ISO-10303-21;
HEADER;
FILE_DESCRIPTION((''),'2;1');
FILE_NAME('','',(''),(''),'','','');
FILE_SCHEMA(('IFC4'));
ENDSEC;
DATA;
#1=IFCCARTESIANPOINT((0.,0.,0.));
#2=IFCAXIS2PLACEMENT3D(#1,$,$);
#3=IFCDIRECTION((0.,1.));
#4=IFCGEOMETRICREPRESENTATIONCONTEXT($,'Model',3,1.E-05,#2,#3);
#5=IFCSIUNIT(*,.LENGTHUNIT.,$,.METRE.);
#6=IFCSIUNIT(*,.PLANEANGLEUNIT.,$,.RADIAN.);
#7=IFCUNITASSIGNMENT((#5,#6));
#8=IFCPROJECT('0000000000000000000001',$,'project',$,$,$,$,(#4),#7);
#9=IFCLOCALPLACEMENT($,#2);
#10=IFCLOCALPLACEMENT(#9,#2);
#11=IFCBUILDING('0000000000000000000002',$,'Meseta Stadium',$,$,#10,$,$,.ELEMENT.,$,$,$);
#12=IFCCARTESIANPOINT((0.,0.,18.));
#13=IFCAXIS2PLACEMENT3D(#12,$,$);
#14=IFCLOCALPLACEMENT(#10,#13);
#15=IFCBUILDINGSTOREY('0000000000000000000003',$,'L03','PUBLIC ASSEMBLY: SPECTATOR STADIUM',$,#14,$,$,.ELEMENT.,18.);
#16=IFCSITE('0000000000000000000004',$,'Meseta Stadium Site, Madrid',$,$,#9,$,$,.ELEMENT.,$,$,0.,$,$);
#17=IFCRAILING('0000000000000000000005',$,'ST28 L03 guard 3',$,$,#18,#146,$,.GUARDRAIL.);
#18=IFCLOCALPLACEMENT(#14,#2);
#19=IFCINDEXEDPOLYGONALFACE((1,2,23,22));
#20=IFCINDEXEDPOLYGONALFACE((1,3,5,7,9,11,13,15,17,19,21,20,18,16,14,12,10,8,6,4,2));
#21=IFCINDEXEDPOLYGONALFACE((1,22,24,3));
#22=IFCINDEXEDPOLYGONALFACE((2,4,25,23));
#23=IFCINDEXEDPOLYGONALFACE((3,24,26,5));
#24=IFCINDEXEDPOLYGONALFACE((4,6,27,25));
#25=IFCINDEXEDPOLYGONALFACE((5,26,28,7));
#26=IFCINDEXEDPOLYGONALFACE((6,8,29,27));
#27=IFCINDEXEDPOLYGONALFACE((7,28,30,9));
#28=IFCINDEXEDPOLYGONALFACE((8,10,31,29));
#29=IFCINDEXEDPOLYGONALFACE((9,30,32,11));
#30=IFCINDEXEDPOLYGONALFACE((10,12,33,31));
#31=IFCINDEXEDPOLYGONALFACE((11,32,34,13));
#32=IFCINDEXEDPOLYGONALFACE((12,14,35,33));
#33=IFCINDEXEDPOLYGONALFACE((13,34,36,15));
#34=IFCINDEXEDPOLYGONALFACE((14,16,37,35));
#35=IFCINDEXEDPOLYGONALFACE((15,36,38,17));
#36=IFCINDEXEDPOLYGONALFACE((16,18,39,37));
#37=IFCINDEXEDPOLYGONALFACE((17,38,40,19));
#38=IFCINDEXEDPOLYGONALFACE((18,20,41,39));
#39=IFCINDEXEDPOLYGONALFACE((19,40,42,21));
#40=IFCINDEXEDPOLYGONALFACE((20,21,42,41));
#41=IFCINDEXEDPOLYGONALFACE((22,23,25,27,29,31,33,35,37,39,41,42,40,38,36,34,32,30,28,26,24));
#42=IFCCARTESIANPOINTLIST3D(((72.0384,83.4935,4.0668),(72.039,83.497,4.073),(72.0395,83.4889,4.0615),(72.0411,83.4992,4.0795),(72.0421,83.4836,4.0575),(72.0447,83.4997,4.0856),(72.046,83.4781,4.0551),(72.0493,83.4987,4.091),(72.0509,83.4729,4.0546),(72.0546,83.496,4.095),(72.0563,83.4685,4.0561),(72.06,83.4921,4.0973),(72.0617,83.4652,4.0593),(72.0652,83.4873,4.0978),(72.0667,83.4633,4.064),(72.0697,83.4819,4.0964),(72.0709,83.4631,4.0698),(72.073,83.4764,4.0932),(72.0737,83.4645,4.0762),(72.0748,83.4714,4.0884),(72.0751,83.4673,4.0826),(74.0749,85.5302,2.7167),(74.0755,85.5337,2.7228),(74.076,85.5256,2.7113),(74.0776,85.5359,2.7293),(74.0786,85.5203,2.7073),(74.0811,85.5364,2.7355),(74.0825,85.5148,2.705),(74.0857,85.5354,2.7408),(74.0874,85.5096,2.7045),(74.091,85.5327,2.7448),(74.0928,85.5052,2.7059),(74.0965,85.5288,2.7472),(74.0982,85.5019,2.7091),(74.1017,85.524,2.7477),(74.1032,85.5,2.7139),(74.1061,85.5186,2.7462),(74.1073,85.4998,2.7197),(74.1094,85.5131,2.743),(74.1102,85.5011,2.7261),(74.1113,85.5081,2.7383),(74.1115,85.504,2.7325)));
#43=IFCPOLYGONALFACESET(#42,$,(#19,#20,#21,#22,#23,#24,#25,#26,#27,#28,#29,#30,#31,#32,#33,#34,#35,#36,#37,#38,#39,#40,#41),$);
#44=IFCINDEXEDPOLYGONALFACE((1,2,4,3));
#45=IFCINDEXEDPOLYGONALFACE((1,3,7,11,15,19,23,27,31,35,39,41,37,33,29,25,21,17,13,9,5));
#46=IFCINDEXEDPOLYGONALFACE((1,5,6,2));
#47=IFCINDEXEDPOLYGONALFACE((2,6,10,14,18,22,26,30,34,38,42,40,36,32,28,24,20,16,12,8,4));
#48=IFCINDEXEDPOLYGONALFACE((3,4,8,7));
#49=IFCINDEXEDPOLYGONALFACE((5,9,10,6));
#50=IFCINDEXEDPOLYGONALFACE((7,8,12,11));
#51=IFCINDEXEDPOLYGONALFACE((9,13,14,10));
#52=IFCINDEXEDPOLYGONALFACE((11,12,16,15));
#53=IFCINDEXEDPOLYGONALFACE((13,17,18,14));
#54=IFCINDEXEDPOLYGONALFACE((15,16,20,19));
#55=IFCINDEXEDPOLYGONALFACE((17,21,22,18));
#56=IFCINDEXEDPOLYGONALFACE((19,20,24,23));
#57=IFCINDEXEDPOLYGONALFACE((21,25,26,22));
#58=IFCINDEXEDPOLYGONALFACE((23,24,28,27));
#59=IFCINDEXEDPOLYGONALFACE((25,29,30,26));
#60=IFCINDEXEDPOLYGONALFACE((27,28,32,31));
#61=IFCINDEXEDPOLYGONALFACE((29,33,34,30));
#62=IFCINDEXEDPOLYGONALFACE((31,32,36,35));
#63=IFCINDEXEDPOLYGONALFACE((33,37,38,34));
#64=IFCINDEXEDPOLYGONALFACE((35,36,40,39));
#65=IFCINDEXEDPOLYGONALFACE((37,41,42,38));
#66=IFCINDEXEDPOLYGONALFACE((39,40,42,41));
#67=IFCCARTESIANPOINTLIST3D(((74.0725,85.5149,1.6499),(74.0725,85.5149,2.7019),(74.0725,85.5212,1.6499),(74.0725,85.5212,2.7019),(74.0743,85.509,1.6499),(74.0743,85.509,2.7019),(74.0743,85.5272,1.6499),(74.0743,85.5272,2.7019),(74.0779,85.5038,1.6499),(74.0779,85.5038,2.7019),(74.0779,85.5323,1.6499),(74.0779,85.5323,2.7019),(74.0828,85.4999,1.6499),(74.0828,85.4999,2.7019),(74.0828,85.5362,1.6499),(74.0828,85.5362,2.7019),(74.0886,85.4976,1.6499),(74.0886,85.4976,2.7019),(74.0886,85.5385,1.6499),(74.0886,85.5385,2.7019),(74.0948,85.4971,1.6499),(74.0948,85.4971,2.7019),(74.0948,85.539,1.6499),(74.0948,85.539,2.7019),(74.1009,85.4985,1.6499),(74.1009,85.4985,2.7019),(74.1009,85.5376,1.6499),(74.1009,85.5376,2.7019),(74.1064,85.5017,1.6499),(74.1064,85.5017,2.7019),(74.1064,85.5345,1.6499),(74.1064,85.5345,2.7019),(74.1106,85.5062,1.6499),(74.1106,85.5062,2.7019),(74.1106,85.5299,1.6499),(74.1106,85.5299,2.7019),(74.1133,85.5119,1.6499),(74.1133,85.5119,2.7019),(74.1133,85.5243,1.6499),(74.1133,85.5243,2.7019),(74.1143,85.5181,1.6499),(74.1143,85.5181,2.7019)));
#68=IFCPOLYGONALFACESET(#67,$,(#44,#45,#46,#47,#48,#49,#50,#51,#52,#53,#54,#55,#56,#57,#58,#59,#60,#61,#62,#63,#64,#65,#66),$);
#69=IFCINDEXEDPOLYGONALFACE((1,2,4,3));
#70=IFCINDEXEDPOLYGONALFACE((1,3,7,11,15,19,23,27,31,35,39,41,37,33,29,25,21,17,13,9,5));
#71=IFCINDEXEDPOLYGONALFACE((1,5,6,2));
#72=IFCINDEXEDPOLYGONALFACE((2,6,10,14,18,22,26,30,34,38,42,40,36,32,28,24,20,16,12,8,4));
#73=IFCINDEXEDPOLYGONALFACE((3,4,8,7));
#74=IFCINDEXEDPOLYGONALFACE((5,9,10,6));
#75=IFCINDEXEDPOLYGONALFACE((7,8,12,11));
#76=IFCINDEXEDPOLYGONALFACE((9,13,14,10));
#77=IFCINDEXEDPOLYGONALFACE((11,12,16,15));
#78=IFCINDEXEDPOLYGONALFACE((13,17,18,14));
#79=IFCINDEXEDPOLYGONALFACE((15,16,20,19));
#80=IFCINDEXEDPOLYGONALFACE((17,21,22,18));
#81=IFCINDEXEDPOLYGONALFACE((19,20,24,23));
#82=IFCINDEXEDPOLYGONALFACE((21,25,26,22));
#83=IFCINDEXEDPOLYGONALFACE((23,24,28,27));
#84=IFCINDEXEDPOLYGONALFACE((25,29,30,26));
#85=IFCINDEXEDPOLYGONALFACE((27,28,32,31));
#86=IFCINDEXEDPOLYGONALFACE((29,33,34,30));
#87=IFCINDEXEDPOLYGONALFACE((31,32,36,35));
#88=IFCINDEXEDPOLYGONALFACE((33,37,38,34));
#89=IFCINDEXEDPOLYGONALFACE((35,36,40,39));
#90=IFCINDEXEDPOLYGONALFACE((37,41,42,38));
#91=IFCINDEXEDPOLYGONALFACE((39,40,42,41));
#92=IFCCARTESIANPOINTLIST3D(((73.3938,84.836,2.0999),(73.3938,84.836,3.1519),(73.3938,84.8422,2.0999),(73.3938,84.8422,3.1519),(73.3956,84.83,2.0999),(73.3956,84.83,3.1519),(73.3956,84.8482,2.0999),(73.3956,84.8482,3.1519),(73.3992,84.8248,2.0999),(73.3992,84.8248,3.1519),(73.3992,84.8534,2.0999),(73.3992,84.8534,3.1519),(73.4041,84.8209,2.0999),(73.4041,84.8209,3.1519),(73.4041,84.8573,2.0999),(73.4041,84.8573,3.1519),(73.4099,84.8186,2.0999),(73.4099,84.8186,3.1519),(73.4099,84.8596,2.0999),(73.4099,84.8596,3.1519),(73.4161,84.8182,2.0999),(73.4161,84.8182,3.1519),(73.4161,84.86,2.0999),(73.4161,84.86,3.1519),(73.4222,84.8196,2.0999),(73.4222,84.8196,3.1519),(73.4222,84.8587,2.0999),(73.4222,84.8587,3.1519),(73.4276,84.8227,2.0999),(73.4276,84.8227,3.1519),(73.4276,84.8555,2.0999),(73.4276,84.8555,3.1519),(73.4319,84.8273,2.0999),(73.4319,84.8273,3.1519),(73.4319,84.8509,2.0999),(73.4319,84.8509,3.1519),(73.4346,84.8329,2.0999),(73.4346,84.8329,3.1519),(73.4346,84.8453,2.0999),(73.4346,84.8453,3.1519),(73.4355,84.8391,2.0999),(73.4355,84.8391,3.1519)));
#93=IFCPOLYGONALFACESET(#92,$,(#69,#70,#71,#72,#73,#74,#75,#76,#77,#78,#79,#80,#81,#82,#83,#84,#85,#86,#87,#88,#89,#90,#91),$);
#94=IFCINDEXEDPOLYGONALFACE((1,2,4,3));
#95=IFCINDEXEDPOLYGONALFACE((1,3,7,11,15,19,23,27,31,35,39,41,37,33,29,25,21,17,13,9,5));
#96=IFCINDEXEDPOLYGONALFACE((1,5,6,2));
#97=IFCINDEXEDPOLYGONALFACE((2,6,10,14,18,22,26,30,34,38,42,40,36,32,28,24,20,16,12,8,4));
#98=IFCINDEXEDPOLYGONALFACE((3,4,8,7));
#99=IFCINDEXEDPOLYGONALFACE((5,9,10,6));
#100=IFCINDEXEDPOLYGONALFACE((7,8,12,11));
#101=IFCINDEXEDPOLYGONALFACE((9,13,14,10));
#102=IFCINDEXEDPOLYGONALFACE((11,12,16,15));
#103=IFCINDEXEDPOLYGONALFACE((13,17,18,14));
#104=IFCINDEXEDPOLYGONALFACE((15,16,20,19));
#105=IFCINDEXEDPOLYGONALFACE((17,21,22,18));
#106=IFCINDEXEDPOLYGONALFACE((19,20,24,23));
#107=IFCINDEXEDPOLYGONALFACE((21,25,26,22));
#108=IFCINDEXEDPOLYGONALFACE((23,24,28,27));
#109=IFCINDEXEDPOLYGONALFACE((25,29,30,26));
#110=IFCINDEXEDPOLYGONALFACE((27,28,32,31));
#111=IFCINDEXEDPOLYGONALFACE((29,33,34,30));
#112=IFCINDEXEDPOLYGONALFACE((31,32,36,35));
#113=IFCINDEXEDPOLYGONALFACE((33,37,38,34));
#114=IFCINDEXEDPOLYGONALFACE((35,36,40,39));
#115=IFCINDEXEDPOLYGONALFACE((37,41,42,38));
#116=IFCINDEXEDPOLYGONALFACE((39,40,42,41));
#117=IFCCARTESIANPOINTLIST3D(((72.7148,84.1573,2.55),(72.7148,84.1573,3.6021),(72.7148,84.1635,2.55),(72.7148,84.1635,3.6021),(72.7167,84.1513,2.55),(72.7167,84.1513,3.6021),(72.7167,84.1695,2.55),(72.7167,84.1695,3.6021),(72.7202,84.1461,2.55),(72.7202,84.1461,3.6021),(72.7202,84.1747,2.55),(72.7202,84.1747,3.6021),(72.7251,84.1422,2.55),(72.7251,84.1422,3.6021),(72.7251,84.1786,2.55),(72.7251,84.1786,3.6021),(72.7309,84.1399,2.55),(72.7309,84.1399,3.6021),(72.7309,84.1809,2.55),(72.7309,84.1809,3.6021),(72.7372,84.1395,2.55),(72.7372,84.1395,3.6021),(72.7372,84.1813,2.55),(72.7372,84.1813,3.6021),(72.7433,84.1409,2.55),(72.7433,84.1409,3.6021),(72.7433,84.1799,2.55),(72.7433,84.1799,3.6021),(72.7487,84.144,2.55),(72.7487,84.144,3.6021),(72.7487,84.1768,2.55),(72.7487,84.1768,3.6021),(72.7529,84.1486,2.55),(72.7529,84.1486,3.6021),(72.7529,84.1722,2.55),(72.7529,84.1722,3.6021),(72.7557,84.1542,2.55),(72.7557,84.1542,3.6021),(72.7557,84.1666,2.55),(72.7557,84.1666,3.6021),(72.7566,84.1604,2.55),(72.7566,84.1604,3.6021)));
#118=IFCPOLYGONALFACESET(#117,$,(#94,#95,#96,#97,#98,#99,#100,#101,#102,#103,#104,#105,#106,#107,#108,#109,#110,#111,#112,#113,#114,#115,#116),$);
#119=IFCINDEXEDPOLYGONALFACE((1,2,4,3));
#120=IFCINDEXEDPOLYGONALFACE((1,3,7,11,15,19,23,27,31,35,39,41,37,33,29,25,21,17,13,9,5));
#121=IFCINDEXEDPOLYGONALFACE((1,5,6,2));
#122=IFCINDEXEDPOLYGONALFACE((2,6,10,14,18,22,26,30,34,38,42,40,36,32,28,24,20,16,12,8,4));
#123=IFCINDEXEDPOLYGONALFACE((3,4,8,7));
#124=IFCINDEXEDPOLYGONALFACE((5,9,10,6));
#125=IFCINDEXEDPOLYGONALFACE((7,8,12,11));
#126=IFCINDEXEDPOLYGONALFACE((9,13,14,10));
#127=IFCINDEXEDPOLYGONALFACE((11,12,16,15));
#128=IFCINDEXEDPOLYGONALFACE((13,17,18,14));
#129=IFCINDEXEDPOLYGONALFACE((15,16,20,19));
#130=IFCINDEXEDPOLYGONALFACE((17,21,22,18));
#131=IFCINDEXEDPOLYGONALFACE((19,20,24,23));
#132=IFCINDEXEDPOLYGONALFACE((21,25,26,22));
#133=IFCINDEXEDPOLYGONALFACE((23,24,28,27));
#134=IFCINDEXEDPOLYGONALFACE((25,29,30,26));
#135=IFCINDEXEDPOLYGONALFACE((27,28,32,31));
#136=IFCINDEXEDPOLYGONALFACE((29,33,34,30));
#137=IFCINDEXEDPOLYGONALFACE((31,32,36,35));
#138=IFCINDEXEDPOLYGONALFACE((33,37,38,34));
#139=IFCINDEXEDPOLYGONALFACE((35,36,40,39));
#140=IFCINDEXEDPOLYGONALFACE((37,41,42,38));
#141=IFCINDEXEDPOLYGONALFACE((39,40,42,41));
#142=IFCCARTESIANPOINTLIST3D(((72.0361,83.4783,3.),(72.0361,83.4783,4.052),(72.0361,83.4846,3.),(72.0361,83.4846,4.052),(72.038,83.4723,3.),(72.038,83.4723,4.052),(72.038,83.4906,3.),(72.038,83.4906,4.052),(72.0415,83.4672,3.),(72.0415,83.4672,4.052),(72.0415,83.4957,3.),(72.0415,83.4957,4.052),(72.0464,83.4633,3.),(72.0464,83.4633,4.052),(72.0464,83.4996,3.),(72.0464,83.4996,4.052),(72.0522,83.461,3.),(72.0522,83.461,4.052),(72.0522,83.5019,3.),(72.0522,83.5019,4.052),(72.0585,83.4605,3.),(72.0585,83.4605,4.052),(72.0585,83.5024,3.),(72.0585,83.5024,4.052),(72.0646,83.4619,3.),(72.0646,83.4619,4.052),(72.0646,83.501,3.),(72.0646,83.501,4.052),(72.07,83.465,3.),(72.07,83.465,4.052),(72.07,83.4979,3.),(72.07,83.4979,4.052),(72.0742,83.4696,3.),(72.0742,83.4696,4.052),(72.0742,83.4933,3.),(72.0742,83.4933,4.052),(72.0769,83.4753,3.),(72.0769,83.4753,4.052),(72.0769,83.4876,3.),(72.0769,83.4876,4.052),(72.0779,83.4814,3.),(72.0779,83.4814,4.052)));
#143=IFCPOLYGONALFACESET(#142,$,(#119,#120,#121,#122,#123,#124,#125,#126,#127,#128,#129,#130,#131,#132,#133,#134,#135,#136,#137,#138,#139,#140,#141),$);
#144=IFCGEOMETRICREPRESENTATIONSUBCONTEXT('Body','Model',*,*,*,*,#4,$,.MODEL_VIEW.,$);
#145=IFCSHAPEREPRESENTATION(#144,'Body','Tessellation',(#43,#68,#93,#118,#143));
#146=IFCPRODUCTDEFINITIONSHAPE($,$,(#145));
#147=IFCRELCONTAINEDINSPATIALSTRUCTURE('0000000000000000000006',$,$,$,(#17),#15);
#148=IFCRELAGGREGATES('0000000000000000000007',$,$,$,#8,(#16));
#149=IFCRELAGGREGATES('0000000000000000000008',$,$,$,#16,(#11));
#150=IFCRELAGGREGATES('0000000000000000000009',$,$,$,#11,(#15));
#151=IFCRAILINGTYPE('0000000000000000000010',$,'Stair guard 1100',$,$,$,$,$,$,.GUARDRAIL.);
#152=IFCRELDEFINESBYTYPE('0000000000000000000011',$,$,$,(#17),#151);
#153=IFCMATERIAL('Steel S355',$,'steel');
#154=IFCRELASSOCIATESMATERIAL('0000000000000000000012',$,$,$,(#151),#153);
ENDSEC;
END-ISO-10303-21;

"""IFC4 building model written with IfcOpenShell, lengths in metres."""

from ifc_helpers import new_model, si_unit, direction, frame, origin, origin_2d, place, context, subcontext, project, spatial, circle, extrude, material, type_object, element, save


model = new_model("IFC4")

# Units and contexts
model_context = context("Model", 3, precision=1e-05, world=origin(), true_north=direction((0.0, 1.0)))
body_context = subcontext(model_context, "Body", "Model", "MODEL_VIEW")
ifc_project = project(units=[si_unit("LENGTHUNIT", "METRE"), si_unit("PLANEANGLEUNIT", "RADIAN")], contexts=[model_context])

# Site, building, storey
site_placement = place(None, origin())
site = spatial("IfcSite", under=ifc_project, at=site_placement, Name="Meseta Stadium Site, Madrid", CompositionType="ELEMENT", RefElevation=0.0)
building_placement = place(site_placement, origin())
building = spatial("IfcBuilding", under=site, at=building_placement, Name="Meseta Stadium", CompositionType="ELEMENT")
storey_placement = place(building_placement, frame((0.0, 0.0, 18.0)))
storey = spatial("IfcBuildingStorey", under=building, at=storey_placement, Name="L03", Description="PUBLIC ASSEMBLY: SPECTATOR STADIUM", CompositionType="ELEMENT", Elevation=18.0)

# Railing
ifc_material_1 = material(Name="Steel S355", Category="steel")
railing_type_1 = type_object("IfcRailingType", Name="Stair guard 1100", PredefinedType="GUARDRAIL", material=ifc_material_1)
railing_1_placement = place(storey_placement, frame((74.0933, 85.5181, 1.6499)))
element("IfcRailing", 1, at=railing_1_placement, inside=storey, type_object=railing_type_1, Name="ST28 L03 guard 3", PredefinedType="GUARDRAIL", context=body_context, shape_type="SweptSolid", body=[
    extrude(circle(Radius=0.0239, at=origin_2d()), frame((0.0, 0.0, 1.0762), z_axis=(-0.640211, -0.640288, 0.424454), x_axis=(0.707149, -0.707064, 0.0)), (0.0, 0.0, 1.0), 3.1809),
    extrude(circle(Radius=0.021, at=origin_2d()), origin(), (0.0, 0.0, 1.0), 1.052),
    extrude(circle(Radius=0.021, at=origin_2d()), frame((-0.6787, -0.679, 0.45)), (0.0, 0.0, 1.0), 1.052),
    extrude(circle(Radius=0.021, at=origin_2d()), frame((-1.3577, -1.3577, 0.9001)), (0.0, 0.0, 1.0), 1.052),
    extrude(circle(Radius=0.021, at=origin_2d()), frame((-2.0364, -2.0366, 1.3501)), (0.0, 0.0, 1.0), 1.052),
])

save(model, "model.ifc")
